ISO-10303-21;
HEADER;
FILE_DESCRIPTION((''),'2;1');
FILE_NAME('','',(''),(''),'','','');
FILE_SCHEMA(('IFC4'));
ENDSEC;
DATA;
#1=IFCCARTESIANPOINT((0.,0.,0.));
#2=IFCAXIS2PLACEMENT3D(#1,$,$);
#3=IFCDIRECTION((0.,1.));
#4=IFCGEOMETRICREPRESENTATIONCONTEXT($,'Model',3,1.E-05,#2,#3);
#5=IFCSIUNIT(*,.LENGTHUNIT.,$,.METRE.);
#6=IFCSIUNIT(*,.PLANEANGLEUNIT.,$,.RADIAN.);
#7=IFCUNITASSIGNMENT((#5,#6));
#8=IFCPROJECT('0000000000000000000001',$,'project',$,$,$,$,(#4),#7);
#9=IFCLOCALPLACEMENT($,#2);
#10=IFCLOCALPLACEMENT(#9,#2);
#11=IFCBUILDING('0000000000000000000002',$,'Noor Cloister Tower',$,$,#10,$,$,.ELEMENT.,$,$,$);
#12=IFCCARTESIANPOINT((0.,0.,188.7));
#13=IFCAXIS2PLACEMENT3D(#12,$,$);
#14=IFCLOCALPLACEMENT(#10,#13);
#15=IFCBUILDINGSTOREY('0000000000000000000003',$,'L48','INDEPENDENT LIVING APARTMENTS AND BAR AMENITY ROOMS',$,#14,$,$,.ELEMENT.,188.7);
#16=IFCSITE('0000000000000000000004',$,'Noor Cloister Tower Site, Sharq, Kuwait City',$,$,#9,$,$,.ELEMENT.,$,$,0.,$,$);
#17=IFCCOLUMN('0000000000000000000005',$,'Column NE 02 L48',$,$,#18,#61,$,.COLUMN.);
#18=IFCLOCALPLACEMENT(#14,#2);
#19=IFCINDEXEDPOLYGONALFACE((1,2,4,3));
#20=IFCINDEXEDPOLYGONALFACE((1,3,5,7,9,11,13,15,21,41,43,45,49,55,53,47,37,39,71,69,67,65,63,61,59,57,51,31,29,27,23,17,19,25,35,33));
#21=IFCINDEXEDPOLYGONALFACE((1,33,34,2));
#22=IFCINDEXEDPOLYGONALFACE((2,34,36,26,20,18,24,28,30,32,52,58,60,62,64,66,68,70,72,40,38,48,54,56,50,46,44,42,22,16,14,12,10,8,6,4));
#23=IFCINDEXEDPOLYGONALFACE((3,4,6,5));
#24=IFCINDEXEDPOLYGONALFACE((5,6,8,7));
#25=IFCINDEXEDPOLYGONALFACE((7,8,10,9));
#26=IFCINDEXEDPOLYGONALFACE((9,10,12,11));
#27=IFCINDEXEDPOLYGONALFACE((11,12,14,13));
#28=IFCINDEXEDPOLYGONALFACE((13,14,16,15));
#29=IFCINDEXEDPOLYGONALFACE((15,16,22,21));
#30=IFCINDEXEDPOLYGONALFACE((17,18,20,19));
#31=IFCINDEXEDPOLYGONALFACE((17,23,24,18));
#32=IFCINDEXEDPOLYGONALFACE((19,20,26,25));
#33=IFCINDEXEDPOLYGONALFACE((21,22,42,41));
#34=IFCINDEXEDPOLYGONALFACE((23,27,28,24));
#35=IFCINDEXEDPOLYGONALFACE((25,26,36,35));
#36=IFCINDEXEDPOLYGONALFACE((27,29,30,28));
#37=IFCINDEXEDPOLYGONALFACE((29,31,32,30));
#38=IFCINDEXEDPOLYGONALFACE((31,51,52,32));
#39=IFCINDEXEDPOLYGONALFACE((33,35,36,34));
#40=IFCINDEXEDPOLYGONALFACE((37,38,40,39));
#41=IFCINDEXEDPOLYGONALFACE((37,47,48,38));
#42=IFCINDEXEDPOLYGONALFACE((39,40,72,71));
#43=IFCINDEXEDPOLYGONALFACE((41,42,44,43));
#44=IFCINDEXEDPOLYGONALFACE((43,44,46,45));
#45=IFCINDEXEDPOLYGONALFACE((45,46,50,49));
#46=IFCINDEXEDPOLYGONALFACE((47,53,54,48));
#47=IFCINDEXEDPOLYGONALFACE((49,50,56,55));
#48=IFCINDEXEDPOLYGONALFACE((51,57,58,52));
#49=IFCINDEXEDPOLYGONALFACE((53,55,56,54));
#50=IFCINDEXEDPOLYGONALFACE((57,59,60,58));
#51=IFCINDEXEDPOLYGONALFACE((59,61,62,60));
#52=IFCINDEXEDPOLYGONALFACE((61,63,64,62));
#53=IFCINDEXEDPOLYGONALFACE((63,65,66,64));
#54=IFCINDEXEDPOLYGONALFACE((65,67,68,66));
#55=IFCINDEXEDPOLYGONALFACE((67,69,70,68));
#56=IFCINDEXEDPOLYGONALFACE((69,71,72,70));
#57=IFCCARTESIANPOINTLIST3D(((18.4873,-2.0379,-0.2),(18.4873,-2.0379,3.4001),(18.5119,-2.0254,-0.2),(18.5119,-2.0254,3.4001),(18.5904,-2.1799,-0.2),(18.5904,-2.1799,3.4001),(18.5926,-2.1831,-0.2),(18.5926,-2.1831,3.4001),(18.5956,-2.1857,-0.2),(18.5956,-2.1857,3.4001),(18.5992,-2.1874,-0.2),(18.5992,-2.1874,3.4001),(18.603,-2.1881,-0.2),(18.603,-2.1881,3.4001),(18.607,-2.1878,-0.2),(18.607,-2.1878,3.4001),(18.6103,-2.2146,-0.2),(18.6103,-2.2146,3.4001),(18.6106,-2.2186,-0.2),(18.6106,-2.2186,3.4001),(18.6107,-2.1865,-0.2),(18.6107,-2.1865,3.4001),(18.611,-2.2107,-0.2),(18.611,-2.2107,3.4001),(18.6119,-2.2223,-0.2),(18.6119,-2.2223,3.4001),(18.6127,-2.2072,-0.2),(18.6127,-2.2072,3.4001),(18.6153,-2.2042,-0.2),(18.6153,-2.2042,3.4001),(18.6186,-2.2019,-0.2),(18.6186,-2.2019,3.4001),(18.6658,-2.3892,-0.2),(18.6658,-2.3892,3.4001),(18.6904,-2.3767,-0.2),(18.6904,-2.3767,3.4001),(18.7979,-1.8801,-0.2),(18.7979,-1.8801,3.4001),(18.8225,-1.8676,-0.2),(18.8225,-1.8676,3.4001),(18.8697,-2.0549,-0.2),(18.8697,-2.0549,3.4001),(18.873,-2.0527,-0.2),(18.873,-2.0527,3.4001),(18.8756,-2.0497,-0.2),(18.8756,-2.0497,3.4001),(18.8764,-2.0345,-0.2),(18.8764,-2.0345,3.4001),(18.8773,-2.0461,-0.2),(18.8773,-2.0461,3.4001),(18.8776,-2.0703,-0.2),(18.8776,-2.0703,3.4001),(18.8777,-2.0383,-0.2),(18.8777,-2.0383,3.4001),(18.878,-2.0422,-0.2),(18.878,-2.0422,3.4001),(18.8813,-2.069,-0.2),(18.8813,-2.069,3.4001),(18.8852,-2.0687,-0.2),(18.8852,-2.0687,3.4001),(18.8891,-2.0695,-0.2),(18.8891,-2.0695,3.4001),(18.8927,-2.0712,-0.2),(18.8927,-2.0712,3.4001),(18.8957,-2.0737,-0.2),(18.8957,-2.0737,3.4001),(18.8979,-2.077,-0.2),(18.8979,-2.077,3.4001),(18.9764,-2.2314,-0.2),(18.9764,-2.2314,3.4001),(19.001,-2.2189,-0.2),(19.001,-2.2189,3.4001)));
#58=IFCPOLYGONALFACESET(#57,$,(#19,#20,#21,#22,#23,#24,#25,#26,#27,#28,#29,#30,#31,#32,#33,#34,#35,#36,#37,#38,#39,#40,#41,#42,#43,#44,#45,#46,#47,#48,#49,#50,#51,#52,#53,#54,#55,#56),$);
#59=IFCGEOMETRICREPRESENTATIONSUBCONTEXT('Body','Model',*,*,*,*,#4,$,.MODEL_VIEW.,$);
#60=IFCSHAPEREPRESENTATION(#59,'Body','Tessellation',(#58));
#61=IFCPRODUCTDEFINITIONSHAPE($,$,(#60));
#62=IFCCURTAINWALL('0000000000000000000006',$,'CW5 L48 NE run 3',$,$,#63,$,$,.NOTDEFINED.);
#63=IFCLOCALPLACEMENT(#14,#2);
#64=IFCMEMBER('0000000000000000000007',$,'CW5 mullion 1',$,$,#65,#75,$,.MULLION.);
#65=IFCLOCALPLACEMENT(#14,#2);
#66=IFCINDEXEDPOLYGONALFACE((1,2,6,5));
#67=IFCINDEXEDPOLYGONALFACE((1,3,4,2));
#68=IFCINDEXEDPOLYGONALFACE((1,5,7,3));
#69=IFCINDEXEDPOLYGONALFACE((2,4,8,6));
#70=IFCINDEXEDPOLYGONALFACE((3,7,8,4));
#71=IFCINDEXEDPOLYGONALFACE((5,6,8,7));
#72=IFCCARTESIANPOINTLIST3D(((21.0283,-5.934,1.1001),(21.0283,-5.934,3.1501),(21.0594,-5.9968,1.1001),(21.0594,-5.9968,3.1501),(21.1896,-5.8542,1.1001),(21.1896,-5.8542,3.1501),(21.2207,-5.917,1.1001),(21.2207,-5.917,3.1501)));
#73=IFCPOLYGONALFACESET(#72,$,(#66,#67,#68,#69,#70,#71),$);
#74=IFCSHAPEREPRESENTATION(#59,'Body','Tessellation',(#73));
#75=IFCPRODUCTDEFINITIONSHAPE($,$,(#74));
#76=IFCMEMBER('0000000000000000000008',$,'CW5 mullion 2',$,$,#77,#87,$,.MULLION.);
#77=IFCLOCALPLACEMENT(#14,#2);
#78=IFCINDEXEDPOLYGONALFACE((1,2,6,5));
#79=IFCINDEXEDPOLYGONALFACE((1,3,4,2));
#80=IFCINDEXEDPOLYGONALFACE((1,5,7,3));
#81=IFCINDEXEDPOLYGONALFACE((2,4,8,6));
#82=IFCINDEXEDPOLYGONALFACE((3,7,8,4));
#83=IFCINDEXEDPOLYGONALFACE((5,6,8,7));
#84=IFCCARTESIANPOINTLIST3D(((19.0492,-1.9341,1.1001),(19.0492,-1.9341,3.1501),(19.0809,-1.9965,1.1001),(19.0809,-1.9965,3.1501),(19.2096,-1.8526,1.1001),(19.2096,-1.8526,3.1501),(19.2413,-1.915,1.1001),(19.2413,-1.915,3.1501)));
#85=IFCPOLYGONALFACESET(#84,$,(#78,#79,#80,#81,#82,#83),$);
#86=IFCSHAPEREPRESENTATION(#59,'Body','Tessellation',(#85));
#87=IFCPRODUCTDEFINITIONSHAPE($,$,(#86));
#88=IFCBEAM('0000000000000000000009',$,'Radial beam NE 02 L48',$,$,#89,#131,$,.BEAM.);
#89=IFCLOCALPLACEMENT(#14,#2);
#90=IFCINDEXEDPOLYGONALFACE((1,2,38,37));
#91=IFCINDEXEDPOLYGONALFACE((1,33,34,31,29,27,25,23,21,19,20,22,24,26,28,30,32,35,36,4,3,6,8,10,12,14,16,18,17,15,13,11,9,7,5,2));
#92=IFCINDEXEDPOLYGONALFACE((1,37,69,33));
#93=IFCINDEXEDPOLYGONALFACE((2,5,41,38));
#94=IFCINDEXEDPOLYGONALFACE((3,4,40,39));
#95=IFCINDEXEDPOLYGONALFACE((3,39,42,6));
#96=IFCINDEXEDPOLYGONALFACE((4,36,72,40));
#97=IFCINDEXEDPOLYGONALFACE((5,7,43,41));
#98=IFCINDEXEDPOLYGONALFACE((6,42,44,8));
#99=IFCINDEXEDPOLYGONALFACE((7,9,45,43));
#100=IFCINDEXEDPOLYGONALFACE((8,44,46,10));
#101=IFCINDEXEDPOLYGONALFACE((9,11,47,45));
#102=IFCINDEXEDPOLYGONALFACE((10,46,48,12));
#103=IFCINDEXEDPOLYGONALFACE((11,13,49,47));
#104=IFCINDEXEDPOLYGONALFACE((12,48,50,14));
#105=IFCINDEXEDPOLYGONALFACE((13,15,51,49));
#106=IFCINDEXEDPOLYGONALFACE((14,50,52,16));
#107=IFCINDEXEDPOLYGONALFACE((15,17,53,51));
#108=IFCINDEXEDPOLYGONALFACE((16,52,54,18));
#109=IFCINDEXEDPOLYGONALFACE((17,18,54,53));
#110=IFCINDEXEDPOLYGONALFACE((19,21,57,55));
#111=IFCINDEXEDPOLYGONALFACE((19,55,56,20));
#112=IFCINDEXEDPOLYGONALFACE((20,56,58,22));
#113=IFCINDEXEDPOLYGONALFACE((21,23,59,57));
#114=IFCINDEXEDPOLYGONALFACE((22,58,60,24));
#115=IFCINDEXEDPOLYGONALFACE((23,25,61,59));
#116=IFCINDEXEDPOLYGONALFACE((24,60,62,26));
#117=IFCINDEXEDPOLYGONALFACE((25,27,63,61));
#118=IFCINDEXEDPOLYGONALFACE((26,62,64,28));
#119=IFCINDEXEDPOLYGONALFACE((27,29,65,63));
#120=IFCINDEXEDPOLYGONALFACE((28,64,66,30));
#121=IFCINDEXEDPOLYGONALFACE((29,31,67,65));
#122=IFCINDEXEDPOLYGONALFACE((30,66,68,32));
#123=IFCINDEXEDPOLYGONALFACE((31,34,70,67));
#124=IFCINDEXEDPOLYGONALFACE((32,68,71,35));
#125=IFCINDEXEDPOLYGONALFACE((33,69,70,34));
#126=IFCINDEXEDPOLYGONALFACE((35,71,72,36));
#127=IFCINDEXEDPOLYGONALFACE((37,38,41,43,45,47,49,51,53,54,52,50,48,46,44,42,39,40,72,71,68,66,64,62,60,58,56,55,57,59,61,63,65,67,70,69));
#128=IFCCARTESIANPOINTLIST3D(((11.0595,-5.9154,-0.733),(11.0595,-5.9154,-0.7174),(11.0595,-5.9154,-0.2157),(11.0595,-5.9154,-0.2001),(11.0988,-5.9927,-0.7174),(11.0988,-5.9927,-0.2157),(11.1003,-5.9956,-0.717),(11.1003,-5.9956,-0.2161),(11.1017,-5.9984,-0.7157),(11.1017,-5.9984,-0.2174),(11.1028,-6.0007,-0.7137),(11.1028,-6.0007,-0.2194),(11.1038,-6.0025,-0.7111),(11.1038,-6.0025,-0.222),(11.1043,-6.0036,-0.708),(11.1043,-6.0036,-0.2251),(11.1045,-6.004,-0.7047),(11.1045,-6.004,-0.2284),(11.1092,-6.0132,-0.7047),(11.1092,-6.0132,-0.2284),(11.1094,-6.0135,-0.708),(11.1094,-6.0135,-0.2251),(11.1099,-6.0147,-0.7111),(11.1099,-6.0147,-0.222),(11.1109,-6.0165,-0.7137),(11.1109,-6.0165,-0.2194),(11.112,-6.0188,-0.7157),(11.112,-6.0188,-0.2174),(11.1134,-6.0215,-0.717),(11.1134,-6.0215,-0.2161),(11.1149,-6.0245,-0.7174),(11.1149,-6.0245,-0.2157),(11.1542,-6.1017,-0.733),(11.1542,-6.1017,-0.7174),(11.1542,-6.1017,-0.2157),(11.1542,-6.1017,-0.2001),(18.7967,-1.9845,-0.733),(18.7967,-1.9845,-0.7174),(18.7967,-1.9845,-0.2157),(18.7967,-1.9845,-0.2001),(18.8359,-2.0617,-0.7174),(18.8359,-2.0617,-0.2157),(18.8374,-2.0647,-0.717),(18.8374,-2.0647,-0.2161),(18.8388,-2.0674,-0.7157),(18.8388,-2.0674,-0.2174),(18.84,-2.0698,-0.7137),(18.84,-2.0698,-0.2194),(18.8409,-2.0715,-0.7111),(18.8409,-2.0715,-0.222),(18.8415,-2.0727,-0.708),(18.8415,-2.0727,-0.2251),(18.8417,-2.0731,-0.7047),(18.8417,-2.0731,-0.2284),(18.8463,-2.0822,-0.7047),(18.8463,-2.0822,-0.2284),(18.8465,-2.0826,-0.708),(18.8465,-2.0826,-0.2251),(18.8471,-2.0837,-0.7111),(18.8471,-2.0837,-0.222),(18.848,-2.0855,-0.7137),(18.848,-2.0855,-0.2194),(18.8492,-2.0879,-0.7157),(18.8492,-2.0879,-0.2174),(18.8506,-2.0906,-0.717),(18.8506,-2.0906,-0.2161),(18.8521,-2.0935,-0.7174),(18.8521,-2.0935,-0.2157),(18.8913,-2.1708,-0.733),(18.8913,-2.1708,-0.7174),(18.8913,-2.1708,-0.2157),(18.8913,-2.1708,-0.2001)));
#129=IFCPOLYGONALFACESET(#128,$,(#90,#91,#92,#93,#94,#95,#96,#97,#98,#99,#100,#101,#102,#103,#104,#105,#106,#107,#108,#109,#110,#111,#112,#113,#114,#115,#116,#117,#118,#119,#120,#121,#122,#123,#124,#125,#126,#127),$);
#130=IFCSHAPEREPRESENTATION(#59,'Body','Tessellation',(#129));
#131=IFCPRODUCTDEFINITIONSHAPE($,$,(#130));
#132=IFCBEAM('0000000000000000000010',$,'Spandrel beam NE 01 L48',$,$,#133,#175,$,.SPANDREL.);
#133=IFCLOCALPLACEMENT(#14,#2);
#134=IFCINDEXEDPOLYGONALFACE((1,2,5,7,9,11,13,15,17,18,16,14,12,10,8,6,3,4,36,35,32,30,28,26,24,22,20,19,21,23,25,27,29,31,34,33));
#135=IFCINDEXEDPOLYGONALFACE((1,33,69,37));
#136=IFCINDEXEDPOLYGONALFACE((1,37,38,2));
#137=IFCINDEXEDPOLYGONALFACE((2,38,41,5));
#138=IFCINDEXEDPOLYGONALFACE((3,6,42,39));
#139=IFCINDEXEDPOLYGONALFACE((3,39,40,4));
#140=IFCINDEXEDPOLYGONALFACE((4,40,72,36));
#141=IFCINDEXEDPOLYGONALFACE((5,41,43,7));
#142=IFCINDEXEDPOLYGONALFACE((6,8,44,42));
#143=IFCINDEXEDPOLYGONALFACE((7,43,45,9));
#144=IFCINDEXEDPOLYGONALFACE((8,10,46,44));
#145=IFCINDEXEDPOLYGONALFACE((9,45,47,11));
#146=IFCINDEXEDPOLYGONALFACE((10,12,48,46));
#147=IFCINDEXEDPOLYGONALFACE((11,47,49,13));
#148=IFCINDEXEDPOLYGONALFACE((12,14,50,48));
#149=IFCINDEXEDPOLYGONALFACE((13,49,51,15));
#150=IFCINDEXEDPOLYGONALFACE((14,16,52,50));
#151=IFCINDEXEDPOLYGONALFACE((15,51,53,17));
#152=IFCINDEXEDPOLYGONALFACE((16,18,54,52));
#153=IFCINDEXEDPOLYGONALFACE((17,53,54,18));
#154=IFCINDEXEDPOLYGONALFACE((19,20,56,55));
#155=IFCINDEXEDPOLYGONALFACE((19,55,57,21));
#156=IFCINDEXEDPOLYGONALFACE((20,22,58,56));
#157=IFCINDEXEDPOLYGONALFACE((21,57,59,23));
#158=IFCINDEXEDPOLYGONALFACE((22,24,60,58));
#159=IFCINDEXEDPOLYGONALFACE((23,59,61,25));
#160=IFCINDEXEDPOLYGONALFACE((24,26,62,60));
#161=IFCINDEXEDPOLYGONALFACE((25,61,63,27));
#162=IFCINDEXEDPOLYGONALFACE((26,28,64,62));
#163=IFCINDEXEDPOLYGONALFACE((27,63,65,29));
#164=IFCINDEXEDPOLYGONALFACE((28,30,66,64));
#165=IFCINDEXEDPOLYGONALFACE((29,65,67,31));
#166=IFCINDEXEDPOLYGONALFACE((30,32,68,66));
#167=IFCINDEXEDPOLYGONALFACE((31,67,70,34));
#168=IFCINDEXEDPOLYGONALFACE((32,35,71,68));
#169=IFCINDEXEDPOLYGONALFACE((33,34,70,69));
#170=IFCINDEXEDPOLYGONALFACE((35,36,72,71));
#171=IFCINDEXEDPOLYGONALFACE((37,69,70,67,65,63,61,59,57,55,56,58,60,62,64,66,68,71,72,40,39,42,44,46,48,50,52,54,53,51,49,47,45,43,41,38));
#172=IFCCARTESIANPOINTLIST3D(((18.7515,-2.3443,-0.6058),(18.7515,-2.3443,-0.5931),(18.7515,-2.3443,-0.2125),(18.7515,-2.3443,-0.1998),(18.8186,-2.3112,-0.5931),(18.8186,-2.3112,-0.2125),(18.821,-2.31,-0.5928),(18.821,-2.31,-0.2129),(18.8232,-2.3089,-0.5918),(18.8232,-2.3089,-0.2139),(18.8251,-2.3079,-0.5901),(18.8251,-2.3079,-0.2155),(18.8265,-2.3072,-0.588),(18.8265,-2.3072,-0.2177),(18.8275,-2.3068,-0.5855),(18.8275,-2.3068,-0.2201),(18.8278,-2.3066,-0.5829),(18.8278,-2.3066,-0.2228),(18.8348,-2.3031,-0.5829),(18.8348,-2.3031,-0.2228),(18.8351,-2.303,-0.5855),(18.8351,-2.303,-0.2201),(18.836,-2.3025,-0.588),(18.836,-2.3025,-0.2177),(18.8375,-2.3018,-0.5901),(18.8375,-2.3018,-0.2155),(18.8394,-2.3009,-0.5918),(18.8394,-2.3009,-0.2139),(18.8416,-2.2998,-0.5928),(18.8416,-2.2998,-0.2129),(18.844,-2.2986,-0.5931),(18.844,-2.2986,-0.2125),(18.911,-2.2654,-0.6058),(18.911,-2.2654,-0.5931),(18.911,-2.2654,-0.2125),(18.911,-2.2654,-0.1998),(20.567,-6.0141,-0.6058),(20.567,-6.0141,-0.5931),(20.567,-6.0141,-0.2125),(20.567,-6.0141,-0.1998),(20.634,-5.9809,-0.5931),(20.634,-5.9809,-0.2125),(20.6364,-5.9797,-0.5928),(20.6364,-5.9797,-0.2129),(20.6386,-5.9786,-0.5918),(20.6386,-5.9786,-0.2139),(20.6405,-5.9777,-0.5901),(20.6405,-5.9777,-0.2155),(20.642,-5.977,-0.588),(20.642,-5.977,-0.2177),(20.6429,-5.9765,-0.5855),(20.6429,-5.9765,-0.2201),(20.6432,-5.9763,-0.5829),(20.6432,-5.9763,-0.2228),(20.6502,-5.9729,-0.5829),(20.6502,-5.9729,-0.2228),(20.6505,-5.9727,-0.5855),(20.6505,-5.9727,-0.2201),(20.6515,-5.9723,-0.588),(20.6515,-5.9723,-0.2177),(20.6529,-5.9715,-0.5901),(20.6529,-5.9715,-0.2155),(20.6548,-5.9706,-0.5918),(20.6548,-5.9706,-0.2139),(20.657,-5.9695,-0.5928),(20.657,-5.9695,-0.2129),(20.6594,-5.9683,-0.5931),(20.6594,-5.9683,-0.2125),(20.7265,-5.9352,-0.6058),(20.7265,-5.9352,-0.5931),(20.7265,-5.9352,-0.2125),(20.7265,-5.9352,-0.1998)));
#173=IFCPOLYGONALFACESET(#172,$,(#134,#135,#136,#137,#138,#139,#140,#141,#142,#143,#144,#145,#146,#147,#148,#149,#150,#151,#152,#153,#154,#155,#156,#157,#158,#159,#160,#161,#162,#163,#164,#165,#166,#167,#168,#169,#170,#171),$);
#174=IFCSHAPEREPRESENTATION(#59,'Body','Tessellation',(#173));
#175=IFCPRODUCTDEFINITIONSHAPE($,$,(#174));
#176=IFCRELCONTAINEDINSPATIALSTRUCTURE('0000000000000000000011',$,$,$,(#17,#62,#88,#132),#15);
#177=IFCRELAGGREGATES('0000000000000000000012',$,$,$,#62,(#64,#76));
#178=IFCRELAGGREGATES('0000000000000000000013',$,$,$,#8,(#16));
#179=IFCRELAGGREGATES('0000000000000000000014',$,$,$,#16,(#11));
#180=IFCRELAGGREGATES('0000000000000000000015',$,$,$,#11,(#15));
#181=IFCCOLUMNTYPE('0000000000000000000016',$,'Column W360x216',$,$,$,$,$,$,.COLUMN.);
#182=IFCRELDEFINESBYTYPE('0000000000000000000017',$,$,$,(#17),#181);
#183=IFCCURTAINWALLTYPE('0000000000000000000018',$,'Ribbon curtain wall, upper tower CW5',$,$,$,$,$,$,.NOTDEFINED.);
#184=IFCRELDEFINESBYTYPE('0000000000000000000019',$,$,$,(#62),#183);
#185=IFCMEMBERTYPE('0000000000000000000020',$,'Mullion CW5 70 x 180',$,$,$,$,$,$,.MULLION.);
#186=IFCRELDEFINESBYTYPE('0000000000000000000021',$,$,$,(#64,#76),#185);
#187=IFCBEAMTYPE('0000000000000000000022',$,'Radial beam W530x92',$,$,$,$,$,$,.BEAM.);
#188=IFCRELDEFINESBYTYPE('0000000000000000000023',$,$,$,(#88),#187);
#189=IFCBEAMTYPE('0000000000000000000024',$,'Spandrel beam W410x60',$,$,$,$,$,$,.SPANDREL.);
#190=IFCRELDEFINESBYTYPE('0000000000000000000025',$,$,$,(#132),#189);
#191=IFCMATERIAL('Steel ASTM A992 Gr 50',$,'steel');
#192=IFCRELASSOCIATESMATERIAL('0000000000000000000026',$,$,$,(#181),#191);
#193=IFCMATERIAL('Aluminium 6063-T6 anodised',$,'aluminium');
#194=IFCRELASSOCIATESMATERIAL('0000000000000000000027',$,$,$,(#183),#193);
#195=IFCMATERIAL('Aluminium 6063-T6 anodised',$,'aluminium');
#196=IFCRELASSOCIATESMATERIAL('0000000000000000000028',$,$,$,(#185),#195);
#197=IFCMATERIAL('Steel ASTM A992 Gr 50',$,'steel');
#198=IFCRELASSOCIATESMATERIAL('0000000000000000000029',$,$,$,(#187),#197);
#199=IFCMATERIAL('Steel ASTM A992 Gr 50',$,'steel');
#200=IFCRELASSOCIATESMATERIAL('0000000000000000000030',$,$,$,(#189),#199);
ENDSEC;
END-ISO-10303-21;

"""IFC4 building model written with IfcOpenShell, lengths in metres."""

from ifc_helpers import new_model, si_unit, direction, frame, origin, origin_2d, place, context, subcontext, project, spatial, rectangle, i_section, extrude, material, material_profile, profile_set, type_object, element, aggregate, save


model = new_model("IFC4")

# Units and contexts
model_context = context("Model", 3, precision=1e-05, world=origin(), true_north=direction((0.0, 1.0)))
body_context = subcontext(model_context, "Body", "Model", "MODEL_VIEW")
ifc_project = project(units=[si_unit("LENGTHUNIT", "METRE"), si_unit("PLANEANGLEUNIT", "RADIAN")], contexts=[model_context])

# Site, building, storey
site_placement = place(None, origin())
site = spatial("IfcSite", under=ifc_project, at=site_placement, Name="Noor Cloister Tower Site, Sharq, Kuwait City", CompositionType="ELEMENT", RefElevation=0.0)
building_placement = place(site_placement, origin())
building = spatial("IfcBuilding", under=site, at=building_placement, Name="Noor Cloister Tower", CompositionType="ELEMENT")
storey_placement = place(building_placement, frame((0.0, 0.0, 188.7)))
storey = spatial("IfcBuildingStorey", under=building, at=storey_placement, Name="L48", Description="INDEPENDENT LIVING APARTMENTS AND BAR AMENITY ROOMS", CompositionType="ELEMENT", Elevation=188.7)

# Column
ifc_material_1 = material(Name="Steel ASTM A992 Gr 50", Category="steel")
ifc_material_profile_1 = material_profile(ifc_material_1, i_section(OverallWidth=0.394, OverallDepth=0.376, WebThickness=0.0173, FlangeThickness=0.0276, FilletRadius=0.0151, at=origin_2d()), Name="W360x216")
ifc_profile_set_1 = profile_set([ifc_material_profile_1], Name="Steel ASTM A992 Gr 50")
column_type = type_object("IfcColumnType", Name="Column W360x216", PredefinedType="COLUMN", material=ifc_profile_set_1)
column_placement = place(storey_placement, frame((18.7441, -2.1284, -0.2), z_axis=(0.0, 0.0, 1.0), x_axis=(-0.452956, 0.891533, 0.0)))
element("IfcColumn", 1, at=column_placement, inside=storey, type_object=column_type, Name="Column NE 02 L48", PredefinedType="COLUMN", context=body_context, shape_type="SweptSolid", body=[
    extrude(i_section(OverallWidth=0.394, OverallDepth=0.376, WebThickness=0.0173, FlangeThickness=0.0276, FilletRadius=0.0151, at=origin_2d()), origin(), (0.0, 0.0, 1.0), 3.6001),
])

# Curtain wall, members
ifc_material_2 = material(Name="Aluminium 6063-T6 anodised", Category="aluminium")
curtain_wall_type = type_object("IfcCurtainWallType", Name="Ribbon curtain wall, upper tower CW5", PredefinedType="NOTDEFINED", material=ifc_material_2)
curtain_wall_placement = place(storey_placement, origin())
curtain_wall = element("IfcCurtainWall", 2, at=curtain_wall_placement, inside=storey, type_object=curtain_wall_type, Name="CW5 L48 NE run 3", PredefinedType="NOTDEFINED")
ifc_material_3 = material(Name="Aluminium 6063-T6 anodised", Category="aluminium")
ifc_material_profile_2 = material_profile(ifc_material_3, rectangle(XDim=0.1799, YDim=0.0701, at=origin_2d()), Name="180 x 70 mullion")
ifc_profile_set_2 = profile_set([ifc_material_profile_2], Name="Aluminium 6063-T6 anodised")
member_type = type_object("IfcMemberType", Name="Mullion CW5 70 x 180", PredefinedType="MULLION", material=ifc_profile_set_2)
member_1_placement = place(storey_placement, frame((21.1245, -5.9255, 1.1001), z_axis=(0.0, 0.0, 1.0), x_axis=(-0.89633, -0.443388, 0.0)))
member_1 = element("IfcMember", 3, at=member_1_placement, type_object=member_type, Name="CW5 mullion 1", PredefinedType="MULLION", context=body_context, shape_type="SweptSolid", body=[
    extrude(rectangle(XDim=0.1799, YDim=0.0701, at=origin_2d()), origin(), (0.0, 0.0, 1.0), 2.05),
])
member_2_placement = place(storey_placement, frame((19.1453, -1.9246, 1.1001), z_axis=(0.0, 0.0, 1.0), x_axis=(-0.891533, -0.452956, 0.0)))
member_2 = element("IfcMember", 4, at=member_2_placement, type_object=member_type, Name="CW5 mullion 2", PredefinedType="MULLION", context=body_context, shape_type="SweptSolid", body=[
    extrude(rectangle(XDim=0.1799, YDim=0.0701, at=origin_2d()), origin(), (0.0, 0.0, 1.0), 2.05),
])

# Beams
ifc_material_4 = material(Name="Steel ASTM A992 Gr 50", Category="steel")
ifc_material_profile_3 = material_profile(ifc_material_4, i_section(OverallWidth=0.209, OverallDepth=0.533, WebThickness=0.0103, FlangeThickness=0.0156, FilletRadius=0.0127, at=origin_2d()), Name="W530x92")
ifc_profile_set_3 = profile_set([ifc_material_profile_3], Name="Steel ASTM A992 Gr 50")
beam_type_1 = type_object("IfcBeamType", Name="Radial beam W530x92", PredefinedType="BEAM", material=ifc_profile_set_3)
beam_1_placement = place(storey_placement, frame((18.844, -2.0776, -0.4666), z_axis=(-0.891534, -0.452955, 0.0), x_axis=(0.452955, -0.891534, 0.0)))
element("IfcBeam", 5, at=beam_1_placement, inside=storey, type_object=beam_type_1, Name="Radial beam NE 02 L48", PredefinedType="BEAM", context=body_context, shape_type="SweptSolid", body=[
    extrude(i_section(OverallWidth=0.209, OverallDepth=0.533, WebThickness=0.0103, FlangeThickness=0.0156, FilletRadius=0.0127, at=origin_2d()), origin(), (0.0, 0.0, 1.0), 8.6785),
])
ifc_material_5 = material(Name="Steel ASTM A992 Gr 50", Category="steel")
ifc_material_profile_4 = material_profile(ifc_material_5, i_section(OverallWidth=0.178, OverallDepth=0.406, WebThickness=0.0078, FlangeThickness=0.0127, FilletRadius=0.0103, at=origin_2d()), Name="W410x60")
ifc_profile_set_4 = profile_set([ifc_material_profile_4], Name="Steel ASTM A992 Gr 50")
beam_type_2 = type_object("IfcBeamType", Name="Spandrel beam W410x60", PredefinedType="SPANDREL", material=ifc_profile_set_4)
beam_2_placement = place(storey_placement, frame((20.6467, -5.9746, -0.4028), z_axis=(-0.443417, 0.896315, 0.0), x_axis=(-0.896315, -0.443417, 0.0)))
element("IfcBeam", 6, at=beam_2_placement, inside=storey, type_object=beam_type_2, Name="Spandrel beam NE 01 L48", PredefinedType="SPANDREL", context=body_context, shape_type="SweptSolid", body=[
    extrude(i_section(OverallWidth=0.178, OverallDepth=0.406, WebThickness=0.0078, FlangeThickness=0.0127, FilletRadius=0.0103, at=origin_2d()), origin(), (0.0, 0.0, 1.0), 4.0942),
])

aggregate(curtain_wall, [member_1, member_2])

save(model, "model.ifc")
